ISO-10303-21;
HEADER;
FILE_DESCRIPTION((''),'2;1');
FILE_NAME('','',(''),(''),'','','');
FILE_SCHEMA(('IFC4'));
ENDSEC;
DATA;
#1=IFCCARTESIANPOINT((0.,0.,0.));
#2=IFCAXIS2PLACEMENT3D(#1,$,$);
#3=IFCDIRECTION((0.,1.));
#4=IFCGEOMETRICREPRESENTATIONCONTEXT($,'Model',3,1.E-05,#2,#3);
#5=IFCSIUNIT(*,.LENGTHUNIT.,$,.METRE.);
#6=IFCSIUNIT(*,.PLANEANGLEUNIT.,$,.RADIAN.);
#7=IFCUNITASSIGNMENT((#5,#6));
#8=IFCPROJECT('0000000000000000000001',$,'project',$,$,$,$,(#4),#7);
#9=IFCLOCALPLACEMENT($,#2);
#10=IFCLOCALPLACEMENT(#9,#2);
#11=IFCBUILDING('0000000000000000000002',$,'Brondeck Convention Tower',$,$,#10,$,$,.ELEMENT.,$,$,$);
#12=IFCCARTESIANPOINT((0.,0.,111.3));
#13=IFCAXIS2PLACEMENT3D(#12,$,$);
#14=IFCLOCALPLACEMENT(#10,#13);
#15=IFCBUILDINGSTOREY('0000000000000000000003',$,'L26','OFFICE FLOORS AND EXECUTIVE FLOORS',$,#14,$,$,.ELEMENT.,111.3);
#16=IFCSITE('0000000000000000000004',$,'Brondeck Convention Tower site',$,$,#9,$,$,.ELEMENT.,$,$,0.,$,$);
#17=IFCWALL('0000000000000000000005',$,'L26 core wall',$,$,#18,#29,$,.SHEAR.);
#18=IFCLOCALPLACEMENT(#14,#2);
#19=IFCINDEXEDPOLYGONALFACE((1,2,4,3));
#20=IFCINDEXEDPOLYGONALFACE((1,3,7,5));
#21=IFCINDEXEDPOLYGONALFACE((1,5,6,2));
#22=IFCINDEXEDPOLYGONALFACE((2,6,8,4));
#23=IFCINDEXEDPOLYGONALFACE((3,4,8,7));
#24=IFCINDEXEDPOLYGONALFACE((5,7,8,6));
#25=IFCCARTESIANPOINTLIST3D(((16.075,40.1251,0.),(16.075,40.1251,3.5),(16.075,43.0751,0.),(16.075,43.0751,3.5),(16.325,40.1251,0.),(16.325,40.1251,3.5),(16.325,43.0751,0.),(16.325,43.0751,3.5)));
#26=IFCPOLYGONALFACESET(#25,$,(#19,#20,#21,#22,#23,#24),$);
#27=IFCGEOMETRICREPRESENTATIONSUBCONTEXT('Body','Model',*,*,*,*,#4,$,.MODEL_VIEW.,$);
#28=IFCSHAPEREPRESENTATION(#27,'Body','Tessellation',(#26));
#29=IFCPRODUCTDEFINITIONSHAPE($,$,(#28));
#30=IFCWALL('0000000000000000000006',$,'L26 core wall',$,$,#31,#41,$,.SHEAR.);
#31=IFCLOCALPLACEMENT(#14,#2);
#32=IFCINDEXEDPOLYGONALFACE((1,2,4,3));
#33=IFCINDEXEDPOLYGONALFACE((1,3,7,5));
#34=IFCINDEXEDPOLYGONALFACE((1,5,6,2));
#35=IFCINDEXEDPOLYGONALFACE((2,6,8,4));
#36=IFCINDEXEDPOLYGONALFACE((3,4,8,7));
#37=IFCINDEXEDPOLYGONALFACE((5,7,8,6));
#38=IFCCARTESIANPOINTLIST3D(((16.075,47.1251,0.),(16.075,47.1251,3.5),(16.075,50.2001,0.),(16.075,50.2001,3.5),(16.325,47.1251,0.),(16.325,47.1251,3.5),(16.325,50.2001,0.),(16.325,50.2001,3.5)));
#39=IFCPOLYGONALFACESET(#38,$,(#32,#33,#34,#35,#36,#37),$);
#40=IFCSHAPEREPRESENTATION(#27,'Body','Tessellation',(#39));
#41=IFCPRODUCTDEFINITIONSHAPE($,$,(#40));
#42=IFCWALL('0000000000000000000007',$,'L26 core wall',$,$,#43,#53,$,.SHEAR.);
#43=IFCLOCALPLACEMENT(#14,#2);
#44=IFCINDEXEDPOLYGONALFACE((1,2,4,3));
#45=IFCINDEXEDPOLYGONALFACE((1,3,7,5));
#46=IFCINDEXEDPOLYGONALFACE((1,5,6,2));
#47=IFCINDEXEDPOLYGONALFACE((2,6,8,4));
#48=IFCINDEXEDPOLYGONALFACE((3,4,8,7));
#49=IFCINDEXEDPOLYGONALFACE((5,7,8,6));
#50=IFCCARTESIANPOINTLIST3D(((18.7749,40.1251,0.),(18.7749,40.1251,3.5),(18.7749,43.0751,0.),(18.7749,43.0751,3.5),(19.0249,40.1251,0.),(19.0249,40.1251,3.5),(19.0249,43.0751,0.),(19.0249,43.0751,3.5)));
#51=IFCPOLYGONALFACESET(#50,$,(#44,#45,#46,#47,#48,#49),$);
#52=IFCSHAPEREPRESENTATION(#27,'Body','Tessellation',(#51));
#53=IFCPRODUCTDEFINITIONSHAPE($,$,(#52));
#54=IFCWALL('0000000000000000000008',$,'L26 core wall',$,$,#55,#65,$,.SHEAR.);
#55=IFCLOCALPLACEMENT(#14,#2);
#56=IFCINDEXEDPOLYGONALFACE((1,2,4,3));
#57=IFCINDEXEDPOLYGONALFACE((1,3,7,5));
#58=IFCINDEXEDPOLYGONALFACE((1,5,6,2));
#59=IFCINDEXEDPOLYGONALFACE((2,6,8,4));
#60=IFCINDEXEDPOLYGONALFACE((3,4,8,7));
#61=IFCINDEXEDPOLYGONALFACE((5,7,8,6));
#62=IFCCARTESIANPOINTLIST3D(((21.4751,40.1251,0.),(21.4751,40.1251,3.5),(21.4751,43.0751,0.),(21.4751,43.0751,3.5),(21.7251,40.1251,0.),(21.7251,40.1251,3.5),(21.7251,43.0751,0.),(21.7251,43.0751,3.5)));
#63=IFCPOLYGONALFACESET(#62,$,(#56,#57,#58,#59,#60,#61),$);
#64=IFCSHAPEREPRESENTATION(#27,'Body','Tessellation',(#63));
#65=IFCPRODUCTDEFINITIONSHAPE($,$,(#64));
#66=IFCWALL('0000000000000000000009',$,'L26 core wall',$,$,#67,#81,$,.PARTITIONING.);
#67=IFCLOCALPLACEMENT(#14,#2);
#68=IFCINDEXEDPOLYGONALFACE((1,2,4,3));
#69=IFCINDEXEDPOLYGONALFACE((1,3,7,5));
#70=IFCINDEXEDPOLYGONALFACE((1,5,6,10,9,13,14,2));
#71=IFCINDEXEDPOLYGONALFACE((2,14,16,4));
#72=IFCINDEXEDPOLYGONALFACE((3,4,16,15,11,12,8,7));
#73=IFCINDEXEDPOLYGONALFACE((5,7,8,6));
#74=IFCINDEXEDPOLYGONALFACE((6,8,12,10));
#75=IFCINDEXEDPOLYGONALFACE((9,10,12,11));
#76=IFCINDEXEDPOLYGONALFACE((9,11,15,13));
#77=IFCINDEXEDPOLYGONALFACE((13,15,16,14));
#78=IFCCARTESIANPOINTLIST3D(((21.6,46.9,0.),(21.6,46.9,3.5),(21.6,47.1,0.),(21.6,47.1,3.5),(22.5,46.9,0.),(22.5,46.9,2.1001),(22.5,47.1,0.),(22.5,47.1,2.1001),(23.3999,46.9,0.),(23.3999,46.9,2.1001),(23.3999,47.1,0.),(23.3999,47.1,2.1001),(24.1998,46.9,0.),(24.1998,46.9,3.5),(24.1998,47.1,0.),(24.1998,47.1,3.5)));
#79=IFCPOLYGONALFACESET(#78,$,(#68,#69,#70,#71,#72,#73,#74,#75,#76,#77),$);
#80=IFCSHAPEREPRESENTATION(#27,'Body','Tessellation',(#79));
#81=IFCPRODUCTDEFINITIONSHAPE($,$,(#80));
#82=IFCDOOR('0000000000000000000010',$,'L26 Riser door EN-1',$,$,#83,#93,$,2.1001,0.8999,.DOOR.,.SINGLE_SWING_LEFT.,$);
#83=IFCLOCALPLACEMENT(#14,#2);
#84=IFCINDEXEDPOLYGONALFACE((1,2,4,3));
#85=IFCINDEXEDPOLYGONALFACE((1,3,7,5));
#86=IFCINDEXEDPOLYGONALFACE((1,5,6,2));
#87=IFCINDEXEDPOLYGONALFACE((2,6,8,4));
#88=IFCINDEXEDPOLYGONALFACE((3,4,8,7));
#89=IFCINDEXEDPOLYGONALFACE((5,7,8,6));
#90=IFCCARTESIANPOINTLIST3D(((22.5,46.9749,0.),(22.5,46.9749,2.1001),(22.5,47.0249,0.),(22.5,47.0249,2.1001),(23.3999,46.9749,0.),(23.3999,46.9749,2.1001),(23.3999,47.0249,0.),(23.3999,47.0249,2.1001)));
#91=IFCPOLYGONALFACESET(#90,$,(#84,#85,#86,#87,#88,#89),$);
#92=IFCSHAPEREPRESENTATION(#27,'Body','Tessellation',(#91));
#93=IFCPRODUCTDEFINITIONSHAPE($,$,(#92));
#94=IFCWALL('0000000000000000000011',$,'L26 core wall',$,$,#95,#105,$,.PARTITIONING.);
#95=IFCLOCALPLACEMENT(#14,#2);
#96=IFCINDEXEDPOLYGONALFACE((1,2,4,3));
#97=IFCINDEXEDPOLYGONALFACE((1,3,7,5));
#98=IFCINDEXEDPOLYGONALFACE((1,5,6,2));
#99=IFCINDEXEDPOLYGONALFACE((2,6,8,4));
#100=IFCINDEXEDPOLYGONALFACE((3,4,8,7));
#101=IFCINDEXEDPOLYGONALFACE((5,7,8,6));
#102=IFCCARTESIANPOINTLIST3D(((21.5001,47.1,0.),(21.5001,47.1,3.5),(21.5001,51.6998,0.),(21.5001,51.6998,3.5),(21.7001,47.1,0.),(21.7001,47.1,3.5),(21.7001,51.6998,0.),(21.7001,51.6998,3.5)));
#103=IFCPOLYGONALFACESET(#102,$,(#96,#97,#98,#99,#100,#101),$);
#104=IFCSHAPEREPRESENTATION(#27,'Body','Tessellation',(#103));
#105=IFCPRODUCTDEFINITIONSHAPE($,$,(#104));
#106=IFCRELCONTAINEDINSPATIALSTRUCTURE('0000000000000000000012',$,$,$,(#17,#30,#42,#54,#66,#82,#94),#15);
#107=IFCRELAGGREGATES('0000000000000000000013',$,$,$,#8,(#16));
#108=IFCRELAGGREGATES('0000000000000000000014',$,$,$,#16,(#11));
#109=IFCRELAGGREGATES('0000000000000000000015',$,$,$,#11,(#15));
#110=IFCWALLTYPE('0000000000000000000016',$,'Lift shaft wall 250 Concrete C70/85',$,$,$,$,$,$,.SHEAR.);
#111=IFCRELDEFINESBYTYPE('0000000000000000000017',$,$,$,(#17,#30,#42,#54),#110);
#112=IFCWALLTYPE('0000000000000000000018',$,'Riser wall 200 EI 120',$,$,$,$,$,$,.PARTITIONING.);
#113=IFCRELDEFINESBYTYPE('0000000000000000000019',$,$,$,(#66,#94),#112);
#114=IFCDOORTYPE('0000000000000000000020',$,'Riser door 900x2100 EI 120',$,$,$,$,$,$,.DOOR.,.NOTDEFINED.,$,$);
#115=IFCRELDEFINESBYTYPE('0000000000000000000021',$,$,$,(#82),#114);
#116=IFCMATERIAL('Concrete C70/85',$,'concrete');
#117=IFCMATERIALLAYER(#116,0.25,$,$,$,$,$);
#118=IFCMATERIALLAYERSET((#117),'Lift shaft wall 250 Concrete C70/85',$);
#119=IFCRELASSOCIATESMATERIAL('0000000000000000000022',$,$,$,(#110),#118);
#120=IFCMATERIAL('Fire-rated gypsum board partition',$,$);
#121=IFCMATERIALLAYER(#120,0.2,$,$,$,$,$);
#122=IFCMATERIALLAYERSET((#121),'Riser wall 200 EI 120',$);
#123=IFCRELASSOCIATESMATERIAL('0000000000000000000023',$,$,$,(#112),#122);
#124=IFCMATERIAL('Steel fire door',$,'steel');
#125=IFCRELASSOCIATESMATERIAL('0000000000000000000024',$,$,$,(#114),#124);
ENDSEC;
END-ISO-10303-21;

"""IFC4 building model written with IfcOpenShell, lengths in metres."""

from ifc_helpers import new_model, si_unit, direction, frame, frame_2d, origin, place, context, subcontext, project, spatial, rectangle, extrude, material, layer, layer_set, type_object, element, fill, save


model = new_model("IFC4")

# Units and contexts
model_context = context("Model", 3, precision=1e-05, world=origin(), true_north=direction((0.0, 1.0)))
body_context = subcontext(model_context, "Body", "Model", "MODEL_VIEW")
ifc_project = project(units=[si_unit("LENGTHUNIT", "METRE"), si_unit("PLANEANGLEUNIT", "RADIAN")], contexts=[model_context])

# Site, building, storey
site_placement = place(None, origin())
site = spatial("IfcSite", under=ifc_project, at=site_placement, Name="Brondeck Convention Tower site", CompositionType="ELEMENT", RefElevation=0.0)
building_placement = place(site_placement, origin())
building = spatial("IfcBuilding", under=site, at=building_placement, Name="Brondeck Convention Tower", CompositionType="ELEMENT")
storey_placement = place(building_placement, frame((0.0, 0.0, 111.3)))
storey = spatial("IfcBuildingStorey", under=building, at=storey_placement, Name="L26", Description="OFFICE FLOORS AND EXECUTIVE FLOORS", CompositionType="ELEMENT", Elevation=111.3)

# Shared definitions
ifc_material_1 = material(Name="Fire-rated gypsum board partition")

# Shared definitions
ifc_material_2 = material(Name="Steel fire door", Category="steel")

# Walls
ifc_material_3 = material(Name="Concrete C70/85", Category="concrete")
ifc_layer_1 = layer(ifc_material_3, 0.25)
ifc_layer_set_1 = layer_set([ifc_layer_1], Name="Lift shaft wall 250 Concrete C70/85")
wall_type_1 = type_object("IfcWallType", Name="Lift shaft wall 250 Concrete C70/85", PredefinedType="SHEAR", material=ifc_layer_set_1)
wall_1_placement = place(storey_placement, frame((16.2, 40.125, 0.0), z_axis=(0.0, 0.0, 1.0), x_axis=(0.0, 1.0, 0.0)))
element("IfcWall", 1, at=wall_1_placement, inside=storey, type_object=wall_type_1, Name="L26 core wall", PredefinedType="SHEAR", context=body_context, shape_type="SweptSolid", body=[
    extrude(rectangle(XDim=2.95, YDim=0.25, at=frame_2d((1.4751, 0.0))), origin(), (0.0, 0.0, 1.0), 3.5),
])
wall_2_placement = place(storey_placement, frame((16.2, 47.125, 0.0), z_axis=(0.0, 0.0, 1.0), x_axis=(0.0, 1.0, 0.0)))
element("IfcWall", 2, at=wall_2_placement, inside=storey, type_object=wall_type_1, Name="L26 core wall", PredefinedType="SHEAR", context=body_context, shape_type="SweptSolid", body=[
    extrude(rectangle(XDim=3.075, YDim=0.25, at=frame_2d((1.5376, 0.0))), origin(), (0.0, 0.0, 1.0), 3.5),
])
for number, where, z_axis, x_axis, name in (
    (3, (18.8999, 40.125, 0.0), (0.0, 0.0, 1.0), (0.0, 1.0, 0.0), "L26 core wall"),
    (4, (21.6001, 40.125, 0.0), (0.0, 0.0, 1.0), (0.0, 1.0, 0.0), "L26 core wall"),
):
    element("IfcWall", number, at=place(storey_placement, frame(where, z_axis=z_axis, x_axis=x_axis)), inside=storey, type_object=wall_type_1, Name=name, PredefinedType="SHEAR", context=body_context, shape_type="SweptSolid", body=[
        extrude(rectangle(XDim=2.95, YDim=0.25, at=frame_2d((1.4751, 0.0))), origin(), (0.0, 0.0, 1.0), 3.5),
    ])

# Wall, opening, door
ifc_layer_2 = layer(ifc_material_1, 0.2)
ifc_layer_set_2 = layer_set([ifc_layer_2], Name="Riser wall 200 EI 120")
wall_type_2 = type_object("IfcWallType", Name="Riser wall 200 EI 120", PredefinedType="PARTITIONING", material=ifc_layer_set_2)
wall_3_placement = place(storey_placement, frame((21.6001, 47.0, 0.0), z_axis=(0.0, 0.0, 1.0), x_axis=(1.0, 0.0, 0.0)))
wall_3 = element("IfcWall", 5, at=wall_3_placement, inside=storey, type_object=wall_type_2, Name="L26 core wall", PredefinedType="PARTITIONING", context=body_context, shape_type="SweptSolid", body=[
    extrude(rectangle(XDim=2.5999, YDim=0.2, at=frame_2d((1.2998, 0.0))), origin(), (0.0, 0.0, 1.0), 3.5),
])
opening_1_placement = place(wall_3_placement, frame((0.8999, 0.0, 0.0)))
opening_1 = element("IfcOpeningElement", 6, at=opening_1_placement, cuts=wall_3, PredefinedType="OPENING", context=body_context, shape_type="SweptSolid", body=[
    extrude(rectangle(XDim=0.8999, YDim=2.1001, at=frame_2d((0.45, 1.05))), frame((0.0, 0.1099, 0.0), z_axis=(0.0, -1.0, 0.0), x_axis=(1.0, 0.0, 0.0)), (0.0, 0.0, 1.0), 0.22),
])
door_type_1 = type_object("IfcDoorType", Name="Riser door 900x2100 EI 120", OperationType="NOTDEFINED", PredefinedType="DOOR", material=ifc_material_2)
door_1_placement = place(opening_1_placement, origin())
door_1 = element("IfcDoor", 7, at=door_1_placement, inside=storey, type_object=door_type_1, Name="L26 Riser door EN-1", OperationType="SINGLE_SWING_LEFT", OverallHeight=2.1001, OverallWidth=0.8999, PredefinedType="DOOR", context=body_context, shape_type="SweptSolid", body=[
    extrude(rectangle(XDim=0.8999, YDim=2.1001, at=frame_2d((0.45, 1.05))), frame((0.0, 0.0249, 0.0), z_axis=(0.0, -1.0, 0.0), x_axis=(1.0, 0.0, 0.0)), (0.0, 0.0, 1.0), 0.05),
])
fill(opening_1, door_1)

# Wall
wall_4_placement = place(storey_placement, frame((21.6001, 47.1001, 0.0), z_axis=(0.0, 0.0, 1.0), x_axis=(0.0, 1.0, 0.0)))
element("IfcWall", 8, at=wall_4_placement, inside=storey, type_object=wall_type_2, Name="L26 core wall", PredefinedType="PARTITIONING", context=body_context, shape_type="SweptSolid", body=[
    extrude(rectangle(XDim=4.5999, YDim=0.2, at=frame_2d((2.2998, 0.0))), origin(), (0.0, 0.0, 1.0), 3.5),
])

save(model, "model.ifc")
